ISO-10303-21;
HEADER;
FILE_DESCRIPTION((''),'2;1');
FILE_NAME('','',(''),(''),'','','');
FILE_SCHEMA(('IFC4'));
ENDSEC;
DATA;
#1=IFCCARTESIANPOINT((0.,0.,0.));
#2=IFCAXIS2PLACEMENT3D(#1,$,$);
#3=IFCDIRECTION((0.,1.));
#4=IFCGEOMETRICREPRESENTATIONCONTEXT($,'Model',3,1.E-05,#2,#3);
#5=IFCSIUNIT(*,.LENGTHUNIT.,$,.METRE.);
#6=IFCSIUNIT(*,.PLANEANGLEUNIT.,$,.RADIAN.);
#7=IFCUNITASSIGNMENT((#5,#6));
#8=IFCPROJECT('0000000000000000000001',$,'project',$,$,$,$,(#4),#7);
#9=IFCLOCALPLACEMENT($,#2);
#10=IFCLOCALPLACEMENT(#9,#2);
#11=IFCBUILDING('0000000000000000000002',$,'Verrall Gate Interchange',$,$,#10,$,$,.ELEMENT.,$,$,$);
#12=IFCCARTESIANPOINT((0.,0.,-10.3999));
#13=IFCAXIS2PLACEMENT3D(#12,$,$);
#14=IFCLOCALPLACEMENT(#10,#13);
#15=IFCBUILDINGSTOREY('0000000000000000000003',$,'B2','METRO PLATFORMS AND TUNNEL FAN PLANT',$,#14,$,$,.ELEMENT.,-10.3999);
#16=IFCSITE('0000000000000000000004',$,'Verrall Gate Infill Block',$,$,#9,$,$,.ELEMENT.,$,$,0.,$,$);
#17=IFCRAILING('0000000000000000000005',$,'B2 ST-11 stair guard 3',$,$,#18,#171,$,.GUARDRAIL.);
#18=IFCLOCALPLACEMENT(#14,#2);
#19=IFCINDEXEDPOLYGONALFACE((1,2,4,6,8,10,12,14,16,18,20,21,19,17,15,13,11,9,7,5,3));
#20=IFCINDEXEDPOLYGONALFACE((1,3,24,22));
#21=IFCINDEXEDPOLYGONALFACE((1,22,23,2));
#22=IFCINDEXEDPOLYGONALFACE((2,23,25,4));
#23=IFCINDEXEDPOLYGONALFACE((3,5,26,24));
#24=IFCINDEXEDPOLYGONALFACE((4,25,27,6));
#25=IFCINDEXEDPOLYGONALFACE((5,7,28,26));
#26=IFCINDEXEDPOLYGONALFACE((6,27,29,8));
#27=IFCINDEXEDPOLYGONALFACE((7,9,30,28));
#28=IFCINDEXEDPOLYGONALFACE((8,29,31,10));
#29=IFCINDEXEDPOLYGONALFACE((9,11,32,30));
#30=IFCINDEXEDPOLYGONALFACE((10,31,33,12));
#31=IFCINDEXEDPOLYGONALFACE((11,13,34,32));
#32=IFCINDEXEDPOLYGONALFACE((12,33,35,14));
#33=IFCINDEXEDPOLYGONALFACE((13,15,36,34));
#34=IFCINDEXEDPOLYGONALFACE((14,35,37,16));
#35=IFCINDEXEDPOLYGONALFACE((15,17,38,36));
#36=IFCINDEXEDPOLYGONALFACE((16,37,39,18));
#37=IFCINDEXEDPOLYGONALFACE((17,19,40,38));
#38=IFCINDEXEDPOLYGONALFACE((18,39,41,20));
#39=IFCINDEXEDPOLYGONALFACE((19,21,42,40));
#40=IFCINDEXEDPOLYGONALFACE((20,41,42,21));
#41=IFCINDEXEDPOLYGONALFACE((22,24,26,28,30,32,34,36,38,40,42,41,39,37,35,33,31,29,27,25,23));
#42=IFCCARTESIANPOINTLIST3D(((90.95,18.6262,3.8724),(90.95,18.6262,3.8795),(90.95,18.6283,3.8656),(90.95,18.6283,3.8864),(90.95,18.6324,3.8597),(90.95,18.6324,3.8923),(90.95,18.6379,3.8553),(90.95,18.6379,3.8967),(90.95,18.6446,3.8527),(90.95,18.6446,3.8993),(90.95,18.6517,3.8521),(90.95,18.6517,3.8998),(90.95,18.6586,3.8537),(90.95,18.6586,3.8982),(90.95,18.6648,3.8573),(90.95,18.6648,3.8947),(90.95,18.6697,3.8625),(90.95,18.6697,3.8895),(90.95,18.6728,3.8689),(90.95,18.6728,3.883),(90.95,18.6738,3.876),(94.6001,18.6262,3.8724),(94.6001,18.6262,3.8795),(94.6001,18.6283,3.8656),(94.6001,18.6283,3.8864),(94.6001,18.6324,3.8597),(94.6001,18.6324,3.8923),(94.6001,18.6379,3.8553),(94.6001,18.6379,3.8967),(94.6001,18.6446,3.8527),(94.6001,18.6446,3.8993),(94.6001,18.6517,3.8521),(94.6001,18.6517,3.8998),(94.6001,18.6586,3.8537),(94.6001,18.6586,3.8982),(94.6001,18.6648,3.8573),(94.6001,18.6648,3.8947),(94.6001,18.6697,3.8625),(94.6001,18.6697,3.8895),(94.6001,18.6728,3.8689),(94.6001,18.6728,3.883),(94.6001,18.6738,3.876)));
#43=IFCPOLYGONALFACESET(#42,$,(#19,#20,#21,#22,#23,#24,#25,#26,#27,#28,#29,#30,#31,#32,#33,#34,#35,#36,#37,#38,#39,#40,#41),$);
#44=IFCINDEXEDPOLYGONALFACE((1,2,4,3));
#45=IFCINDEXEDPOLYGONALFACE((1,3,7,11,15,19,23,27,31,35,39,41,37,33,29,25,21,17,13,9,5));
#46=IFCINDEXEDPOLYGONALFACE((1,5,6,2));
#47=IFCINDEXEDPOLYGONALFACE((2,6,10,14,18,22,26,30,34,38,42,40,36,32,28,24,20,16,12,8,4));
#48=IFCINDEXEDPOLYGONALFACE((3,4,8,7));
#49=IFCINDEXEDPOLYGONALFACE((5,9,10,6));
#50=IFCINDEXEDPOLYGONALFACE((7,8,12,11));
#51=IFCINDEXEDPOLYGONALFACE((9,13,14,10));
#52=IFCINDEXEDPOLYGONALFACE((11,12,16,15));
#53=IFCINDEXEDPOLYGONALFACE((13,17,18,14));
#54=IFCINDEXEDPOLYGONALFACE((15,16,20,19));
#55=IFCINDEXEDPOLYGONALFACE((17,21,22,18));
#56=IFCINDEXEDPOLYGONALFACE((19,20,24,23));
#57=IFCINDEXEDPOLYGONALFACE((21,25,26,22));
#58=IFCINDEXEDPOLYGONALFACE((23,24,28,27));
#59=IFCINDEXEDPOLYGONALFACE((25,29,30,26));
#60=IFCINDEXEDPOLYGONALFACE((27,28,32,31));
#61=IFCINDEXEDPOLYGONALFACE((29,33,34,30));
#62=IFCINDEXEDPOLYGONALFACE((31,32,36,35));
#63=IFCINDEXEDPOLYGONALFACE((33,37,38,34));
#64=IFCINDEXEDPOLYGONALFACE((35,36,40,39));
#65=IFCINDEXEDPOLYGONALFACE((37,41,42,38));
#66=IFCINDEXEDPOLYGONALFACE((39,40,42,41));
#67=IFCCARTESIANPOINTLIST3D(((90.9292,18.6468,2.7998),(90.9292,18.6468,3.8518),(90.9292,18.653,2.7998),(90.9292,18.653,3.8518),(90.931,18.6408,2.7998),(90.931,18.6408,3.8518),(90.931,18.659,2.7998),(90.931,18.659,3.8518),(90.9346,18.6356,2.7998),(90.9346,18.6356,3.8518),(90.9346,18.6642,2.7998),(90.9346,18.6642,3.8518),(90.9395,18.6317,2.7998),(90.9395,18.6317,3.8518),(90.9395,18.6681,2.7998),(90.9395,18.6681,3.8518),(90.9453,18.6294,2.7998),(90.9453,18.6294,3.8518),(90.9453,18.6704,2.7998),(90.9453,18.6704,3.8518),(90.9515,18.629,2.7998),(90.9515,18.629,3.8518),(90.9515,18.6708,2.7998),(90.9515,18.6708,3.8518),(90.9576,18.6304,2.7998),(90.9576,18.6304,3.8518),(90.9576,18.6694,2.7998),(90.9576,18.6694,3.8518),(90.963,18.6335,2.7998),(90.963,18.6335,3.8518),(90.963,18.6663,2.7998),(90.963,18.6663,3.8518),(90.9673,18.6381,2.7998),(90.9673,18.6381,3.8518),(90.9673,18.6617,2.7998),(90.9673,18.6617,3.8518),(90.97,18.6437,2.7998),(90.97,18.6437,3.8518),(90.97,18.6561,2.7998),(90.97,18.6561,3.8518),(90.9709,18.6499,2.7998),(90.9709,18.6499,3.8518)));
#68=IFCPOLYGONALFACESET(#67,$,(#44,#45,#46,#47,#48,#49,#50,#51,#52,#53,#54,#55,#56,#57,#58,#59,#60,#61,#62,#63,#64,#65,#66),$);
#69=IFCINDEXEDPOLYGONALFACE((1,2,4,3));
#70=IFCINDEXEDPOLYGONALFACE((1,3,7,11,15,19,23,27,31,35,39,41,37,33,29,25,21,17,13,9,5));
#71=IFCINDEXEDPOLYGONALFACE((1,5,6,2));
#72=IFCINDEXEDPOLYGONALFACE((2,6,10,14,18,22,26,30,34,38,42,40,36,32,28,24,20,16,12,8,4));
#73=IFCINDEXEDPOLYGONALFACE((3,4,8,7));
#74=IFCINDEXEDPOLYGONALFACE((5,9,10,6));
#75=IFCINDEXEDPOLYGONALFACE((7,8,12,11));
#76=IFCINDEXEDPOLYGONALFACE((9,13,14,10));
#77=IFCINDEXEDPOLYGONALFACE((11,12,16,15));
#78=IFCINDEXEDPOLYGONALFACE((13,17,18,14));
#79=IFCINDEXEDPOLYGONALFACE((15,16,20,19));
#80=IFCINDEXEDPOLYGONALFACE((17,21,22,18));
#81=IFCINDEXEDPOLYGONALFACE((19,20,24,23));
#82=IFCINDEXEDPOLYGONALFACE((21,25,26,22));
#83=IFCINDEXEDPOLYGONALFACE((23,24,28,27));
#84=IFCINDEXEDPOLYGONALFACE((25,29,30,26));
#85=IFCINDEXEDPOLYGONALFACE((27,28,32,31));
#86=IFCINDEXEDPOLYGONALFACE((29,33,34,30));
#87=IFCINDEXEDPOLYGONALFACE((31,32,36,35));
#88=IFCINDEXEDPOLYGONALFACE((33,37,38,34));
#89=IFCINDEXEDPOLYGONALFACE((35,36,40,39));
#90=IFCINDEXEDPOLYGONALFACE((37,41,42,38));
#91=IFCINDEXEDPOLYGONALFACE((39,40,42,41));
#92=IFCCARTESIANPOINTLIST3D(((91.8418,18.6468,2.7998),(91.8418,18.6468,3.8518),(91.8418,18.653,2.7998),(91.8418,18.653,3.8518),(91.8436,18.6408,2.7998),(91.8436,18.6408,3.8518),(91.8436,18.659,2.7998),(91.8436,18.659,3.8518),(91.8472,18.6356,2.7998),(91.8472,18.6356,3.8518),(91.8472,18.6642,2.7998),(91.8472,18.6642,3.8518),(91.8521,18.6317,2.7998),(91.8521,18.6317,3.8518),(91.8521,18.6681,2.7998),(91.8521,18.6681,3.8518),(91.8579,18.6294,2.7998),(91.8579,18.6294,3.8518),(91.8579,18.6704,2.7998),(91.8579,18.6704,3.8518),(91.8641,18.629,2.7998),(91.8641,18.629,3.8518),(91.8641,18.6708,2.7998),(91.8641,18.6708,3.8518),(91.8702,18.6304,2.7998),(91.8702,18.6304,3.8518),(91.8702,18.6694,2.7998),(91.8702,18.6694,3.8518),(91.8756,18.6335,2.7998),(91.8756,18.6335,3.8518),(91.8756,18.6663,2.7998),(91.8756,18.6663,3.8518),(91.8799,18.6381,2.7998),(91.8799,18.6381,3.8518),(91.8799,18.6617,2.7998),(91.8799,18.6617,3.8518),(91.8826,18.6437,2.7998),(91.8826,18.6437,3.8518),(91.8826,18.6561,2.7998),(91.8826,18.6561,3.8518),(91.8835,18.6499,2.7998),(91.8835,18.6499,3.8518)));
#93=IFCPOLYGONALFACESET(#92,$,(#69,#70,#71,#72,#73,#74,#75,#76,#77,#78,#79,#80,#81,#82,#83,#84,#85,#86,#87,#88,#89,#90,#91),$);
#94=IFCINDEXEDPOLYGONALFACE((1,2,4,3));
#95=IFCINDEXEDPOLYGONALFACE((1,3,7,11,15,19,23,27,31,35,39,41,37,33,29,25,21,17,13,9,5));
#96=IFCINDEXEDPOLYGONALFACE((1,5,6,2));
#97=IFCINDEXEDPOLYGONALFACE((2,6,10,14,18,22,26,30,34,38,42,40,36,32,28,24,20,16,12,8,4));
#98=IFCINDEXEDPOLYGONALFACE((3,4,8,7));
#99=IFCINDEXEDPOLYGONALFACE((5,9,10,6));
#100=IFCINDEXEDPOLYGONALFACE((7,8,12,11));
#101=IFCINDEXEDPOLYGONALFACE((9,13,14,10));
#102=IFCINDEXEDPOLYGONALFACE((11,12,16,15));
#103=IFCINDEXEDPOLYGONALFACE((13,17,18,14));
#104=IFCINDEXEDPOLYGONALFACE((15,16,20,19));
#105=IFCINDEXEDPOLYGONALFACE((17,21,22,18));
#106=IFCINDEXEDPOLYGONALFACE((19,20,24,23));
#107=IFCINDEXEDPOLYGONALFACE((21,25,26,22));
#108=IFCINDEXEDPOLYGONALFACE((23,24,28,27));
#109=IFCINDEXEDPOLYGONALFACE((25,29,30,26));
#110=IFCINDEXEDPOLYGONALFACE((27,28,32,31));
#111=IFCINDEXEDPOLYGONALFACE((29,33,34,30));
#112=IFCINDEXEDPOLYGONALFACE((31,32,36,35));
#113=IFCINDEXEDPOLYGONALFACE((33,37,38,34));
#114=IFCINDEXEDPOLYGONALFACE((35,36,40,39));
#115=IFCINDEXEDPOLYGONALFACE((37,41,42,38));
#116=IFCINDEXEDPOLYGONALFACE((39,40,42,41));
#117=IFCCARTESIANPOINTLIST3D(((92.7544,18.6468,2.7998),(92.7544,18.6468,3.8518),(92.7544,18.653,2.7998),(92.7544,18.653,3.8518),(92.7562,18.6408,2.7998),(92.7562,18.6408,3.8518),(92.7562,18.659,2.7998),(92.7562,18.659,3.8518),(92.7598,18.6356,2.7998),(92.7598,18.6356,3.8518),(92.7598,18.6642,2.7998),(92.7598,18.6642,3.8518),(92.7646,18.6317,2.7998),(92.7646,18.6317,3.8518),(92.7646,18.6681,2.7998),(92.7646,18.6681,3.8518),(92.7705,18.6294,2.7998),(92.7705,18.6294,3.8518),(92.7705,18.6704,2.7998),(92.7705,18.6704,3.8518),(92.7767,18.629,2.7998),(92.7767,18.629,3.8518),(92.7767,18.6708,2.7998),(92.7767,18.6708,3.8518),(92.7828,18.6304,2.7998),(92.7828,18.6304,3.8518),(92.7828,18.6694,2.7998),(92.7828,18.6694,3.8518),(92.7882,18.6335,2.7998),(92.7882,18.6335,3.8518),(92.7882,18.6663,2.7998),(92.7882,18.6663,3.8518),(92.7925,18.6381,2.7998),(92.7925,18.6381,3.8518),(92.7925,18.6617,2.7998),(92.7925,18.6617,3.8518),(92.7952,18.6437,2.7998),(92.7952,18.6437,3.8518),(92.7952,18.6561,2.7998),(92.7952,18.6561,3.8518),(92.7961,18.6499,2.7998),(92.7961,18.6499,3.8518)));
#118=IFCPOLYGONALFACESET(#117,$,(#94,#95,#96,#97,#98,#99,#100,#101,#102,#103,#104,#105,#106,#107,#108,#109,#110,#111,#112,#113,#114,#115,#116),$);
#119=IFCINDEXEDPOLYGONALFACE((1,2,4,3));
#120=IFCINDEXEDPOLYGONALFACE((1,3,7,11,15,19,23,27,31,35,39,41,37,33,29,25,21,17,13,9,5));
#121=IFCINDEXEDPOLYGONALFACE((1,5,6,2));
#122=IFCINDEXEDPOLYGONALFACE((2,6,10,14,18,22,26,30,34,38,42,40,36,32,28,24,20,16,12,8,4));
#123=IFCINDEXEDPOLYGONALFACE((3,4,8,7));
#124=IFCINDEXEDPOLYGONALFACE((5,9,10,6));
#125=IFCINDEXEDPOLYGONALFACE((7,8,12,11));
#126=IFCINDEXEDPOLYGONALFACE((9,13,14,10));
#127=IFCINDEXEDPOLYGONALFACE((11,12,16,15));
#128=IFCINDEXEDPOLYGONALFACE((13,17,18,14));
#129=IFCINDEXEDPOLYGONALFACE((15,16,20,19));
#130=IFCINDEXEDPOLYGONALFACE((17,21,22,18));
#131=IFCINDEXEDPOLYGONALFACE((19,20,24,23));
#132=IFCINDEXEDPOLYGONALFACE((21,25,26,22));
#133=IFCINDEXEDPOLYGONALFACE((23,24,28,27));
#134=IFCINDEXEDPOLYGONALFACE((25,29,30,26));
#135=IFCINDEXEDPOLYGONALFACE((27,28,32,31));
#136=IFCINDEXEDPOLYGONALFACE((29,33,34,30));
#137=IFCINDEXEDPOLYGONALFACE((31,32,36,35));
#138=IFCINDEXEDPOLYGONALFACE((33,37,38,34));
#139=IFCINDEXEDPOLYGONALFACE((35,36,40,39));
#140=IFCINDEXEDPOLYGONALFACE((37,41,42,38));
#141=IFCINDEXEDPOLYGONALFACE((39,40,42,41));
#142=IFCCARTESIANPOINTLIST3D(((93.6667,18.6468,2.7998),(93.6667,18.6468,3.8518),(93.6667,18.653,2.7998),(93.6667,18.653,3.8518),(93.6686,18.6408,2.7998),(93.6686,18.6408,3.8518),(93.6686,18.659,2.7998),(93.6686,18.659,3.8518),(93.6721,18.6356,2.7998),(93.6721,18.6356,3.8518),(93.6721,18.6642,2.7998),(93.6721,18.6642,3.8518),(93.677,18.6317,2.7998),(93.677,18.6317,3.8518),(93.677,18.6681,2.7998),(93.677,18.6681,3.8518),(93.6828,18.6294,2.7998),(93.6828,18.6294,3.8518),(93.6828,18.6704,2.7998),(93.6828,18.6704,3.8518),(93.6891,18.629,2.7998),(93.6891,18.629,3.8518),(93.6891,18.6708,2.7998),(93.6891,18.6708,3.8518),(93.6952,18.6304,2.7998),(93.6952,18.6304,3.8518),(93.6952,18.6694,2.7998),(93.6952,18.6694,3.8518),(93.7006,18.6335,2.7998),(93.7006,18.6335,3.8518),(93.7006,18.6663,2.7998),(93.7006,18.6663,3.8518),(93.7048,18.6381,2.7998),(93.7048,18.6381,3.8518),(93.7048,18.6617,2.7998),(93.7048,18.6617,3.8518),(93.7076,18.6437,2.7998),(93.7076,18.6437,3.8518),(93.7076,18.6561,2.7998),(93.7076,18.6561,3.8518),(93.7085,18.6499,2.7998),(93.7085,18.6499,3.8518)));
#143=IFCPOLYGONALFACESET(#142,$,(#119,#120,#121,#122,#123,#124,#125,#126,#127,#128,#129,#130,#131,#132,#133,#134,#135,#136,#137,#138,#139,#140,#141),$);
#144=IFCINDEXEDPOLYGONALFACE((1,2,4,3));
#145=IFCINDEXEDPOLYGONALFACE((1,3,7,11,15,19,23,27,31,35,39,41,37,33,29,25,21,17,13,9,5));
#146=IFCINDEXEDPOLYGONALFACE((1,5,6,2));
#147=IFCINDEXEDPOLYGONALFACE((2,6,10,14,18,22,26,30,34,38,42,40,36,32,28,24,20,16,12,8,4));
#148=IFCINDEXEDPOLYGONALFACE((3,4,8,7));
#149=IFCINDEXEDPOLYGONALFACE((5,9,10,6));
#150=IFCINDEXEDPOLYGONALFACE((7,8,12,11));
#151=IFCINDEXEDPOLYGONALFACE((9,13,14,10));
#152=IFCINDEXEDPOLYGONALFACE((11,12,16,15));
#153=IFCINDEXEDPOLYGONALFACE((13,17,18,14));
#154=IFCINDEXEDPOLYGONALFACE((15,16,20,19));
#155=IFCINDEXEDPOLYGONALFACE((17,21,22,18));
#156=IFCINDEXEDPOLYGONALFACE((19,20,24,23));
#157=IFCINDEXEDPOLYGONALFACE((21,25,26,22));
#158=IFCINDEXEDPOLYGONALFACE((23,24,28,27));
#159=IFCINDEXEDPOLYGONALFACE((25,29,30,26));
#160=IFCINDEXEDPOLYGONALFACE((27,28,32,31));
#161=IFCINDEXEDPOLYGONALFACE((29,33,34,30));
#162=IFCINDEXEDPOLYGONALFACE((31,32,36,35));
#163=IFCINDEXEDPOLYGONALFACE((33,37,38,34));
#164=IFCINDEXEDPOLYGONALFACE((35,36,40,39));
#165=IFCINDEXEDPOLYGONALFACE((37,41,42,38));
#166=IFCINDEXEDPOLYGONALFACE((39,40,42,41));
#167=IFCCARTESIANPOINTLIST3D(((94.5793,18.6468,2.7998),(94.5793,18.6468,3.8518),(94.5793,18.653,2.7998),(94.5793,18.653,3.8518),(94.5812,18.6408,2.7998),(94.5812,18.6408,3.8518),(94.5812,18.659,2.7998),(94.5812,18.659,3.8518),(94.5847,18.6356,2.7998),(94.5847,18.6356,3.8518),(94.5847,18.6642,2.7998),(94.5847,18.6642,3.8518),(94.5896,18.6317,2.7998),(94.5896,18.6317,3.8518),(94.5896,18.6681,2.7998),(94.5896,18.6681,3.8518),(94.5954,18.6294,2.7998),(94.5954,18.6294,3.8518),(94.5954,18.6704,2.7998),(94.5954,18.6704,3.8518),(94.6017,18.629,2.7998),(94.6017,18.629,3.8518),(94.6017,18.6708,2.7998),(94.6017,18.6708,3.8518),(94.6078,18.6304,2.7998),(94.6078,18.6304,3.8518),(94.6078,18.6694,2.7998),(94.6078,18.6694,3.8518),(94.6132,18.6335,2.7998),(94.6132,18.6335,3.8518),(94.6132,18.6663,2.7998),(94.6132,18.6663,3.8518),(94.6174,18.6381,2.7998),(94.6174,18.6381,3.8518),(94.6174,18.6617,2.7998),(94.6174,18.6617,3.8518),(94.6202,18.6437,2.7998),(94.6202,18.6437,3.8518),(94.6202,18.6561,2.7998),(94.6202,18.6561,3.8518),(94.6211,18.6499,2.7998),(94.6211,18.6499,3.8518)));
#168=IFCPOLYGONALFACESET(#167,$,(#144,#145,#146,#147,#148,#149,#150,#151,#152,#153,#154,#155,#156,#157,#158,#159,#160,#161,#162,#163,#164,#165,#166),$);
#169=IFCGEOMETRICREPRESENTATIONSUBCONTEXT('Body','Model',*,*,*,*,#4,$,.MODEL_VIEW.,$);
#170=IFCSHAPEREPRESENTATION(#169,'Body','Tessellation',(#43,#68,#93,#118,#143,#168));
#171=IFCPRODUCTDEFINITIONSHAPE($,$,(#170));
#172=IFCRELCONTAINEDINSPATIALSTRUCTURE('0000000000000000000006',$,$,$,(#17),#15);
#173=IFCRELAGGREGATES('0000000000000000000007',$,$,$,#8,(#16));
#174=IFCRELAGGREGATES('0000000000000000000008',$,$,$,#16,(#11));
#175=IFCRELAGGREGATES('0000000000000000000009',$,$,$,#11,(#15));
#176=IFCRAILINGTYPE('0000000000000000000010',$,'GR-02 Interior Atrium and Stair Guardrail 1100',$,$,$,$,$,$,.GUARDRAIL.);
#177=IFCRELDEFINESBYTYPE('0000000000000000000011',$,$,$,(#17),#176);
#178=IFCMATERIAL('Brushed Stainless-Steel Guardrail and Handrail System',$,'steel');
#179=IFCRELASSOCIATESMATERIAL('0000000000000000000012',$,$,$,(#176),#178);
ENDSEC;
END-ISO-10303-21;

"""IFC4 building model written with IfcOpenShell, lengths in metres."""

from ifc_helpers import new_model, si_unit, direction, frame, origin, origin_2d, place, context, subcontext, project, spatial, circle, extrude, material, type_object, element, save


model = new_model("IFC4")

# Units and contexts
model_context = context("Model", 3, precision=1e-05, world=origin(), true_north=direction((0.0, 1.0)))
body_context = subcontext(model_context, "Body", "Model", "MODEL_VIEW")
ifc_project = project(units=[si_unit("LENGTHUNIT", "METRE"), si_unit("PLANEANGLEUNIT", "RADIAN")], contexts=[model_context])

# Site, building, storey
site_placement = place(None, origin())
site = spatial("IfcSite", under=ifc_project, at=site_placement, Name="Verrall Gate Infill Block", CompositionType="ELEMENT", RefElevation=0.0)
building_placement = place(site_placement, origin())
building = spatial("IfcBuilding", under=site, at=building_placement, Name="Verrall Gate Interchange", CompositionType="ELEMENT")
storey_placement = place(building_placement, frame((0.0, 0.0, -10.3999)))
storey = spatial("IfcBuildingStorey", under=building, at=storey_placement, Name="B2", Description="METRO PLATFORMS AND TUNNEL FAN PLANT", CompositionType="ELEMENT", Elevation=-10.3999)

# Railing
ifc_material_1 = material(Name="Brushed Stainless-Steel Guardrail and Handrail System", Category="steel")
railing_type_1 = type_object("IfcRailingType", Name="GR-02 Interior Atrium and Stair Guardrail 1100", PredefinedType="GUARDRAIL", material=ifc_material_1)
railing_1_placement = place(storey_placement, frame((90.95, 18.6499, 2.7998)))
element("IfcRailing", 1, at=railing_1_placement, inside=storey, type_object=railing_type_1, Name="B2 ST-11 stair guard 3", PredefinedType="GUARDRAIL", context=body_context, shape_type="SweptSolid", body=[
    extrude(circle(Radius=0.0239, at=origin_2d()), frame((0.0, 0.0, 1.0762), z_axis=(1.0, 0.0, 0.0), x_axis=(0.0, 1.0, 0.0)), (0.0, 0.0, 1.0), 3.6501),
    extrude(circle(Radius=0.021, at=origin_2d()), origin(), (0.0, 0.0, 1.0), 1.052),
    extrude(circle(Radius=0.021, at=origin_2d()), frame((0.9126, 0.0, 0.0)), (0.0, 0.0, 1.0), 1.052),
    extrude(circle(Radius=0.021, at=origin_2d()), frame((1.8252, 0.0, 0.0)), (0.0, 0.0, 1.0), 1.052),
    extrude(circle(Radius=0.021, at=origin_2d()), frame((2.7375, 0.0, 0.0)), (0.0, 0.0, 1.0), 1.052),
    extrude(circle(Radius=0.021, at=origin_2d()), frame((3.6501, 0.0, 0.0)), (0.0, 0.0, 1.0), 1.052),
])

save(model, "model.ifc")
